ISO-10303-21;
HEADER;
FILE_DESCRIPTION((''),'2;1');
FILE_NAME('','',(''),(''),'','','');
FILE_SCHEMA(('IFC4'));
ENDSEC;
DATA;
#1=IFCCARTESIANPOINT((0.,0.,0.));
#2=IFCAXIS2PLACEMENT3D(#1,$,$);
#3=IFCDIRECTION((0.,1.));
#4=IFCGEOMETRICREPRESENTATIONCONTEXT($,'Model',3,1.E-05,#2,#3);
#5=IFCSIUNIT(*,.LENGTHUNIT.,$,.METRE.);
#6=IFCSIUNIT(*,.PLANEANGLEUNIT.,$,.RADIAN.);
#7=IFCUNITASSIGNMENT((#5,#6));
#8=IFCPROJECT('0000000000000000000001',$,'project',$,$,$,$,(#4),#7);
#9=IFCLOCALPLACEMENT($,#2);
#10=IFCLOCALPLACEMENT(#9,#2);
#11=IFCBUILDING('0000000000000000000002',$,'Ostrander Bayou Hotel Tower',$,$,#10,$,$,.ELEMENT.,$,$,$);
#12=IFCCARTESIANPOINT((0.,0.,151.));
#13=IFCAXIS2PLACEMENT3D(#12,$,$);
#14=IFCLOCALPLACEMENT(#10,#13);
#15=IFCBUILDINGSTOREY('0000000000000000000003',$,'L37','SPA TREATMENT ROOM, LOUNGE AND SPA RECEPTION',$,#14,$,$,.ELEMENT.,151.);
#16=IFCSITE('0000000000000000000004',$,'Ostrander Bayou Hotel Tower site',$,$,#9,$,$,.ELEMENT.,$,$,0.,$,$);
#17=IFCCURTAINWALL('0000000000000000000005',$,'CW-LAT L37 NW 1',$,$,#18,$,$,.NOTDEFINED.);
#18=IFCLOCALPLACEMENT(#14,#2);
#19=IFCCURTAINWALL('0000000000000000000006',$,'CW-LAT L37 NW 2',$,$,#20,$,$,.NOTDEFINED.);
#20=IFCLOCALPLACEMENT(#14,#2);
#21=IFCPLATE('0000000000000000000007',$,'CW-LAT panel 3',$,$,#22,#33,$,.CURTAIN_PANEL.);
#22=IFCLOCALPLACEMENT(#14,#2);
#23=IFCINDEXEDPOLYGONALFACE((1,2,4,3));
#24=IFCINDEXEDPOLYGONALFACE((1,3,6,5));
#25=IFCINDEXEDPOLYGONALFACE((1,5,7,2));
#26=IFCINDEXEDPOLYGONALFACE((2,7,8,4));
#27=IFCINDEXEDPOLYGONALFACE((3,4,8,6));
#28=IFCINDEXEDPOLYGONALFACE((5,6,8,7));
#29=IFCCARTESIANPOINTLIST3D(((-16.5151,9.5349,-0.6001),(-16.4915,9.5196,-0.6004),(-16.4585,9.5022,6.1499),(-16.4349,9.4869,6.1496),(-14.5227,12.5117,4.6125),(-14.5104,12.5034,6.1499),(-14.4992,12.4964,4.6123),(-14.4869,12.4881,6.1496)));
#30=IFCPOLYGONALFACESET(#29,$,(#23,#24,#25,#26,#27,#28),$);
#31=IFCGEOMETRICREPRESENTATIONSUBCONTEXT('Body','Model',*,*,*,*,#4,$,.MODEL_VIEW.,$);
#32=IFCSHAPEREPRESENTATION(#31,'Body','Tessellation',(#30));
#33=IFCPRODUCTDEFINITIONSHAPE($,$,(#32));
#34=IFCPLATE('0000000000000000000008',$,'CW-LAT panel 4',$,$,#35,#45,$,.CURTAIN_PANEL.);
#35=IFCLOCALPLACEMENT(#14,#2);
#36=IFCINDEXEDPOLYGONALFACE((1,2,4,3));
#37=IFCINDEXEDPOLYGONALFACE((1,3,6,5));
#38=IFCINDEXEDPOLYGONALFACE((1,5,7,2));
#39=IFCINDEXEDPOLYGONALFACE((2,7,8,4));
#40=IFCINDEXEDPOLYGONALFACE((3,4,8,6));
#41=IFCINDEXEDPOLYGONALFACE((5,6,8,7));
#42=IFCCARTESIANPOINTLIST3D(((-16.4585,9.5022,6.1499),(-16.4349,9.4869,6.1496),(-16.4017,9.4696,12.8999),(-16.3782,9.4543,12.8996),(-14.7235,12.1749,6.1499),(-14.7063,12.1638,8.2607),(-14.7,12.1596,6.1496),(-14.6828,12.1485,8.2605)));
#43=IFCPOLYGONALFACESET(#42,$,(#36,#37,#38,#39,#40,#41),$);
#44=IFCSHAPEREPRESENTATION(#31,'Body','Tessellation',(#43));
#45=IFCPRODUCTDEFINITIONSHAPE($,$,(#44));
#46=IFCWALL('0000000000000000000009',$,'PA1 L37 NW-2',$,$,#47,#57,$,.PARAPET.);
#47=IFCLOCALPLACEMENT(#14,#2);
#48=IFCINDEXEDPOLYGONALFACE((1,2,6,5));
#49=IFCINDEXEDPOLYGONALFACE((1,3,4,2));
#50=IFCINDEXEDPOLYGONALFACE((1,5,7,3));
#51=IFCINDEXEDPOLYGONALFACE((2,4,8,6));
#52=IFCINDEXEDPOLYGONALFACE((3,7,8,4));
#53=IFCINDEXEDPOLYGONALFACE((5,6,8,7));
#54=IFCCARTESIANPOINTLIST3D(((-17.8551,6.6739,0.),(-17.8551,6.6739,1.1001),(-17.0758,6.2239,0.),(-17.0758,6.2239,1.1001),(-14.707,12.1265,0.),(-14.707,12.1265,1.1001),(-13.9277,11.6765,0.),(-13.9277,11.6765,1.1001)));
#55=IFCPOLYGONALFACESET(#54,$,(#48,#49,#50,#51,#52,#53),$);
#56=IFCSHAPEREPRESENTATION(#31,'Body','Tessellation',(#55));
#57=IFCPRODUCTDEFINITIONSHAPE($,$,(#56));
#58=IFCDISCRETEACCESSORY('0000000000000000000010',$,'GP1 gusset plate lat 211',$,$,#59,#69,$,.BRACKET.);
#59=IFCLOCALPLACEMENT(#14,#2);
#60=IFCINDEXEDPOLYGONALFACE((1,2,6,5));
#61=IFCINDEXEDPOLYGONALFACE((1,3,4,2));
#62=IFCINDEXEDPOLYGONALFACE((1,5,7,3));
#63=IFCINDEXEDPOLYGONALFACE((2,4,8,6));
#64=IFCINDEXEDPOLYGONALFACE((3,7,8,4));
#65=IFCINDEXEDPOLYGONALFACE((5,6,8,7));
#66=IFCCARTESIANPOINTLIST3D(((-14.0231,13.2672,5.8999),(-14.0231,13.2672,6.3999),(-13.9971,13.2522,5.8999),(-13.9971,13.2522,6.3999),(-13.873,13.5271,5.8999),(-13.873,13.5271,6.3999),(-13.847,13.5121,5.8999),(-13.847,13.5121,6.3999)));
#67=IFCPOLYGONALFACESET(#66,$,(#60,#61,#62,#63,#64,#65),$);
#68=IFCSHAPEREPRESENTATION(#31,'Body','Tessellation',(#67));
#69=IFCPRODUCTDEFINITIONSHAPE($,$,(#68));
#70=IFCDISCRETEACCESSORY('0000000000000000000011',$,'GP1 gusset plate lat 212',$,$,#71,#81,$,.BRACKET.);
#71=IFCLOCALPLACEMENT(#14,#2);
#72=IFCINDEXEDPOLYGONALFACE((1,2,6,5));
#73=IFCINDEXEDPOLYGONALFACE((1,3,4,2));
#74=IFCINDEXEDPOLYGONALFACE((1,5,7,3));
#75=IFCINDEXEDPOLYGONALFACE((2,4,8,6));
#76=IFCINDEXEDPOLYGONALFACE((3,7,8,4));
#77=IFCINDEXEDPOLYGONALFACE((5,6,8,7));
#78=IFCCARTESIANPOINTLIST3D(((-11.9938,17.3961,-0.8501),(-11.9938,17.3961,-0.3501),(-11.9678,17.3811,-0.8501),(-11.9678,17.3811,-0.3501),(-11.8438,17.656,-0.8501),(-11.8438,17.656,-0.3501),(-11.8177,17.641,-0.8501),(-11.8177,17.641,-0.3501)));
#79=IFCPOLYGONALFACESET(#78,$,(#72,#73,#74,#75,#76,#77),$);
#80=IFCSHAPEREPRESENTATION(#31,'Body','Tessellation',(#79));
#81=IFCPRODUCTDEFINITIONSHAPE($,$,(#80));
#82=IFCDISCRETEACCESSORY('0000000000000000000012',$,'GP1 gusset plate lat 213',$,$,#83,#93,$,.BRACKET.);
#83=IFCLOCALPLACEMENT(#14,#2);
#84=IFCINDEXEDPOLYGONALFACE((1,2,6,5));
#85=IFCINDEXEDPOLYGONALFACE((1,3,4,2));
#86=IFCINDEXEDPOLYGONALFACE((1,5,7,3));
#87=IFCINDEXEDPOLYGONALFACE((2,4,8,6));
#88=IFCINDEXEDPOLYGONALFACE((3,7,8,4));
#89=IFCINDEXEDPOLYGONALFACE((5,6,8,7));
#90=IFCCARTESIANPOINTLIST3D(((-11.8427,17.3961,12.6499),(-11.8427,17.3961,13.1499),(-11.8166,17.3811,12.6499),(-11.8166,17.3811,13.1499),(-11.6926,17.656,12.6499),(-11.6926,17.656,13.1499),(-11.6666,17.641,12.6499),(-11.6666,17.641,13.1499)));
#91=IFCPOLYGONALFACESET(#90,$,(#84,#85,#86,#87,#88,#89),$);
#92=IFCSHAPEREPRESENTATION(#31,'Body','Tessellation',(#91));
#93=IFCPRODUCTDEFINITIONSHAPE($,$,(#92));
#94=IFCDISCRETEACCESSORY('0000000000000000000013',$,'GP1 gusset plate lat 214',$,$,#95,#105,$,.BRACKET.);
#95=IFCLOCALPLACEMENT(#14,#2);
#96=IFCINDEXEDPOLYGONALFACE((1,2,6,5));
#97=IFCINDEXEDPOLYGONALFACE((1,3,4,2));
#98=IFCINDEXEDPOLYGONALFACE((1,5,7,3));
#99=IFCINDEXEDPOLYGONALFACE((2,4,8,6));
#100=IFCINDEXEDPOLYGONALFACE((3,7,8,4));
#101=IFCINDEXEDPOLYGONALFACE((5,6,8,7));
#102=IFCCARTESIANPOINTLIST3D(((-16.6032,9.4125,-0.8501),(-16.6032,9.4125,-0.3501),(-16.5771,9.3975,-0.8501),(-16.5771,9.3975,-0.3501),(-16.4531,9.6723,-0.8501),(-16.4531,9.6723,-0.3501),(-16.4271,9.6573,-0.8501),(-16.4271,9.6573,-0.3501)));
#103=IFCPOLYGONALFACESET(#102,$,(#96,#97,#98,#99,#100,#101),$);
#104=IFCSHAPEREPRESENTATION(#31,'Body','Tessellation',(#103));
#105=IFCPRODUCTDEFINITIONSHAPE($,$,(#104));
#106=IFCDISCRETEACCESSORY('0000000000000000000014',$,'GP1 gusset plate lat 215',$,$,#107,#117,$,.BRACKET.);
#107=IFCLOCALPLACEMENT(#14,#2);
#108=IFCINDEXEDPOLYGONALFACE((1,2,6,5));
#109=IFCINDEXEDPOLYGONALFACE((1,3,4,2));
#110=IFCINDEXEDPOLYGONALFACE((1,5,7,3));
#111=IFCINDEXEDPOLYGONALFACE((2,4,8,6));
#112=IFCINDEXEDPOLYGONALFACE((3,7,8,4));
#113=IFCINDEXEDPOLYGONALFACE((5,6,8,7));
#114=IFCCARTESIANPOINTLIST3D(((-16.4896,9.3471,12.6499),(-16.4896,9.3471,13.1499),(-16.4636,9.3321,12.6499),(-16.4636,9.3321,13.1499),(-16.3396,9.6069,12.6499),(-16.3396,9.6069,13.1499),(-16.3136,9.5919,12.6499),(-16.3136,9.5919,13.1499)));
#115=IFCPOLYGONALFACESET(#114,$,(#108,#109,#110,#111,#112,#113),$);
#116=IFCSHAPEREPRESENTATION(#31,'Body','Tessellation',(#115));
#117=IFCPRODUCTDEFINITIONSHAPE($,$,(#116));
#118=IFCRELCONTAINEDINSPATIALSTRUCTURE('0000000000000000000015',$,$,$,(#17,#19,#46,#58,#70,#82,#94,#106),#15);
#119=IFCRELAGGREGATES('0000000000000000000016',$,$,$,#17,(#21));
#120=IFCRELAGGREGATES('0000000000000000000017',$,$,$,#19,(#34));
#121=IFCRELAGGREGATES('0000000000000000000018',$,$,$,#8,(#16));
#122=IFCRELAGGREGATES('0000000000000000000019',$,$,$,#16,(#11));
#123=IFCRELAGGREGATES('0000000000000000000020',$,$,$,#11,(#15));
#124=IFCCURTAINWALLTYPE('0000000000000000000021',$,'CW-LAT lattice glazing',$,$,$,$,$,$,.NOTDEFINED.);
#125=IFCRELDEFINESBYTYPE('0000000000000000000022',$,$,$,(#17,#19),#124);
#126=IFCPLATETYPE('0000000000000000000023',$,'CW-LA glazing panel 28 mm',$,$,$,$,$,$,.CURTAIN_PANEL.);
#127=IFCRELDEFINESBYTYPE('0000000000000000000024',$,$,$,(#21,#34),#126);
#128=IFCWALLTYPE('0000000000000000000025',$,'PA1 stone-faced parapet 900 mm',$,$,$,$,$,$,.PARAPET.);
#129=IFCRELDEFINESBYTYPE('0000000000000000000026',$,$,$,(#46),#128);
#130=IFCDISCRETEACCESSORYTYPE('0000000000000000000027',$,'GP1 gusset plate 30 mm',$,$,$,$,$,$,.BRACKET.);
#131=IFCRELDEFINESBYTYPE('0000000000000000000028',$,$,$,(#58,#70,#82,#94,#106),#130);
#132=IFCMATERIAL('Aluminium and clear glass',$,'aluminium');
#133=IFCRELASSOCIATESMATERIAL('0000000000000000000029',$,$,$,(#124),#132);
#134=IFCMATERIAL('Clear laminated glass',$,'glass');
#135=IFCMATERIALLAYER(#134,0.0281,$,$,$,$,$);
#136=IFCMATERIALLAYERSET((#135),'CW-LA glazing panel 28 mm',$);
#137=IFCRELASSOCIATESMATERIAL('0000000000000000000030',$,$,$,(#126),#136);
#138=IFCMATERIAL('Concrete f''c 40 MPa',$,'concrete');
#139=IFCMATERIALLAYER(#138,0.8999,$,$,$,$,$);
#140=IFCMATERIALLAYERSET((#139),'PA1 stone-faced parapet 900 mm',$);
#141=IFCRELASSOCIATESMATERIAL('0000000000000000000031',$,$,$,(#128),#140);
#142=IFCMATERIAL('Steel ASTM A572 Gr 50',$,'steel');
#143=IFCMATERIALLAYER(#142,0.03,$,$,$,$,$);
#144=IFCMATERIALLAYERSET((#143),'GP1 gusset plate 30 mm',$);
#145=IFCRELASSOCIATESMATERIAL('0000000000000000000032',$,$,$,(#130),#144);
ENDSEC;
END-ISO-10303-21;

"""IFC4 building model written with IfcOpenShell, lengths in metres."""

from ifc_helpers import new_model, si_unit, direction, frame, frame_2d, origin, origin_2d, place, context, subcontext, project, spatial, polyline, rectangle, outline, extrude, material, layer, layer_set, type_object, element, aggregate, save


model = new_model("IFC4")

# Units and contexts
model_context = context("Model", 3, precision=1e-05, world=origin(), true_north=direction((0.0, 1.0)))
body_context = subcontext(model_context, "Body", "Model", "MODEL_VIEW")
ifc_project = project(units=[si_unit("LENGTHUNIT", "METRE"), si_unit("PLANEANGLEUNIT", "RADIAN")], contexts=[model_context])

# Site, building, storey
site_placement = place(None, origin())
site = spatial("IfcSite", under=ifc_project, at=site_placement, Name="Ostrander Bayou Hotel Tower site", CompositionType="ELEMENT", RefElevation=0.0)
building_placement = place(site_placement, origin())
building = spatial("IfcBuilding", under=site, at=building_placement, Name="Ostrander Bayou Hotel Tower", CompositionType="ELEMENT")
storey_placement = place(building_placement, frame((0.0, 0.0, 151.0)))
storey = spatial("IfcBuildingStorey", under=building, at=storey_placement, Name="L37", Description="SPA TREATMENT ROOM, LOUNGE AND SPA RECEPTION", CompositionType="ELEMENT", Elevation=151.0)

# Curtain walls
ifc_material_1 = material(Name="Aluminium and clear glass", Category="aluminium")
curtain_wall_type_1 = type_object("IfcCurtainWallType", Name="CW-LAT lattice glazing", PredefinedType="NOTDEFINED", material=ifc_material_1)
curtain_wall_1_placement = place(storey_placement, origin())
curtain_wall_1 = element("IfcCurtainWall", 1, at=curtain_wall_1_placement, inside=storey, type_object=curtain_wall_type_1, Name="CW-LAT L37 NW 1", PredefinedType="NOTDEFINED")
curtain_wall_2_placement = place(storey_placement, origin())
curtain_wall_2 = element("IfcCurtainWall", 2, at=curtain_wall_2_placement, inside=storey, type_object=curtain_wall_type_1, Name="CW-LAT L37 NW 2", PredefinedType="NOTDEFINED")

# Shared definitions
ifc_material_2 = material(Name="Clear laminated glass", Category="glass")
ifc_layer_1 = layer(ifc_material_2, 0.0281)
ifc_layer_set_1 = layer_set([ifc_layer_1], Name="CW-LA glazing panel 28 mm")
plate_type = type_object("IfcPlateType", Name="CW-LA glazing panel 28 mm", PredefinedType="CURTAIN_PANEL", material=ifc_layer_set_1)

# Plates
plate_1_placement = place(storey_placement, frame((-14.5227, 12.5117, 4.6125), z_axis=(-0.838747, 0.544436, 0.009662), x_axis=(-0.315007, -0.470666, -0.824163)))
plate_1 = element("IfcPlate", 3, at=plate_1_placement, type_object=plate_type, Name="CW-LAT panel 3", PredefinedType="CURTAIN_PANEL", context=body_context, shape_type="SweptSolid", body=[
    extrude(outline(polyline([(0.0, 0.0), (6.3248, 0.0), (0.7592, 3.8199), (-1.267, 0.8709), (0.0, 0.0)])), origin(), (0.0, 0.0, -1.0), 0.0281),
])
aggregate(curtain_wall_1, [plate_1])
plate_2_placement = place(storey_placement, frame((-14.7063, 12.1638, 8.2607), z_axis=(-0.838726, 0.544467, 0.009687), x_axis=(-0.301339, -0.478869, 0.824548)))
plate_2 = element("IfcPlate", 4, at=plate_2_placement, type_object=plate_type, Name="CW-LAT panel 4", PredefinedType="CURTAIN_PANEL", context=body_context, shape_type="SweptSolid", body=[
    extrude(outline(polyline([(0.0, 0.0), (5.6263, 0.0), (0.0621, -3.8218), (-1.7406, -1.1943), (0.0, 0.0)])), origin(), (0.0, 0.0, -1.0), 0.0281),
])
aggregate(curtain_wall_2, [plate_2])

# Wall
ifc_material_3 = material(Name="Concrete f'c 40 MPa", Category="concrete")
ifc_layer_2 = layer(ifc_material_3, 0.8999)
ifc_layer_set_2 = layer_set([ifc_layer_2], Name="PA1 stone-faced parapet 900 mm")
wall_type_1 = type_object("IfcWallType", Name="PA1 stone-faced parapet 900 mm", PredefinedType="PARAPET", material=ifc_layer_set_2)
wall_1_placement = place(storey_placement, frame((-14.3174, 11.9014, 0.0), z_axis=(0.0, 0.0, 1.0), x_axis=(-0.500013, -0.866018, 0.0)))
element("IfcWall", 5, at=wall_1_placement, inside=storey, type_object=wall_type_1, Name="PA1 L37 NW-2", PredefinedType="PARAPET", context=body_context, shape_type="SweptSolid", body=[
    extrude(rectangle(XDim=6.2961, YDim=0.8999, at=frame_2d((3.1479, 0.0))), origin(), (0.0, 0.0, 1.0), 1.1001),
])

# Discrete accessories
ifc_material_4 = material(Name="Steel ASTM A572 Gr 50", Category="steel")
ifc_layer_3 = layer(ifc_material_4, 0.03)
ifc_layer_set_3 = layer_set([ifc_layer_3], Name="GP1 gusset plate 30 mm")
discrete_accessory_type = type_object("IfcDiscreteAccessoryType", Name="GP1 gusset plate 30 mm", PredefinedType="BRACKET", material=ifc_layer_set_3)
for number, where, z_axis, x_axis, name in (
    (6, (-13.9351, 13.3896, 5.8999), (0.0, 0.0, 1.0), (-0.5, -0.866025, 0.0), "GP1 gusset plate lat 211"),
    (7, (-11.9058, 17.5186, -0.8501), (0.0, 0.0, 1.0), (-0.5, -0.866025, 0.0), "GP1 gusset plate lat 212"),
    (8, (-11.7546, 17.5186, 12.6499), (0.0, 0.0, 1.0), (-0.5, -0.866025, 0.0), "GP1 gusset plate lat 213"),
    (9, (-16.5151, 9.5349, -0.8501), (0.0, 0.0, 1.0), (-0.5, -0.866025, 0.0), "GP1 gusset plate lat 214"),
    (10, (-16.4016, 9.4695, 12.6499), (0.0, 0.0, 1.0), (-0.5, -0.866025, 0.0), "GP1 gusset plate lat 215"),
):
    element("IfcDiscreteAccessory", number, at=place(storey_placement, frame(where, z_axis=z_axis, x_axis=x_axis)), inside=storey, type_object=discrete_accessory_type, Name=name, PredefinedType="BRACKET", context=body_context, shape_type="SweptSolid", body=[
        extrude(rectangle(XDim=0.3, YDim=0.03, at=origin_2d()), origin(), (0.0, 0.0, 1.0), 0.5),
    ])

save(model, "model.ifc")
